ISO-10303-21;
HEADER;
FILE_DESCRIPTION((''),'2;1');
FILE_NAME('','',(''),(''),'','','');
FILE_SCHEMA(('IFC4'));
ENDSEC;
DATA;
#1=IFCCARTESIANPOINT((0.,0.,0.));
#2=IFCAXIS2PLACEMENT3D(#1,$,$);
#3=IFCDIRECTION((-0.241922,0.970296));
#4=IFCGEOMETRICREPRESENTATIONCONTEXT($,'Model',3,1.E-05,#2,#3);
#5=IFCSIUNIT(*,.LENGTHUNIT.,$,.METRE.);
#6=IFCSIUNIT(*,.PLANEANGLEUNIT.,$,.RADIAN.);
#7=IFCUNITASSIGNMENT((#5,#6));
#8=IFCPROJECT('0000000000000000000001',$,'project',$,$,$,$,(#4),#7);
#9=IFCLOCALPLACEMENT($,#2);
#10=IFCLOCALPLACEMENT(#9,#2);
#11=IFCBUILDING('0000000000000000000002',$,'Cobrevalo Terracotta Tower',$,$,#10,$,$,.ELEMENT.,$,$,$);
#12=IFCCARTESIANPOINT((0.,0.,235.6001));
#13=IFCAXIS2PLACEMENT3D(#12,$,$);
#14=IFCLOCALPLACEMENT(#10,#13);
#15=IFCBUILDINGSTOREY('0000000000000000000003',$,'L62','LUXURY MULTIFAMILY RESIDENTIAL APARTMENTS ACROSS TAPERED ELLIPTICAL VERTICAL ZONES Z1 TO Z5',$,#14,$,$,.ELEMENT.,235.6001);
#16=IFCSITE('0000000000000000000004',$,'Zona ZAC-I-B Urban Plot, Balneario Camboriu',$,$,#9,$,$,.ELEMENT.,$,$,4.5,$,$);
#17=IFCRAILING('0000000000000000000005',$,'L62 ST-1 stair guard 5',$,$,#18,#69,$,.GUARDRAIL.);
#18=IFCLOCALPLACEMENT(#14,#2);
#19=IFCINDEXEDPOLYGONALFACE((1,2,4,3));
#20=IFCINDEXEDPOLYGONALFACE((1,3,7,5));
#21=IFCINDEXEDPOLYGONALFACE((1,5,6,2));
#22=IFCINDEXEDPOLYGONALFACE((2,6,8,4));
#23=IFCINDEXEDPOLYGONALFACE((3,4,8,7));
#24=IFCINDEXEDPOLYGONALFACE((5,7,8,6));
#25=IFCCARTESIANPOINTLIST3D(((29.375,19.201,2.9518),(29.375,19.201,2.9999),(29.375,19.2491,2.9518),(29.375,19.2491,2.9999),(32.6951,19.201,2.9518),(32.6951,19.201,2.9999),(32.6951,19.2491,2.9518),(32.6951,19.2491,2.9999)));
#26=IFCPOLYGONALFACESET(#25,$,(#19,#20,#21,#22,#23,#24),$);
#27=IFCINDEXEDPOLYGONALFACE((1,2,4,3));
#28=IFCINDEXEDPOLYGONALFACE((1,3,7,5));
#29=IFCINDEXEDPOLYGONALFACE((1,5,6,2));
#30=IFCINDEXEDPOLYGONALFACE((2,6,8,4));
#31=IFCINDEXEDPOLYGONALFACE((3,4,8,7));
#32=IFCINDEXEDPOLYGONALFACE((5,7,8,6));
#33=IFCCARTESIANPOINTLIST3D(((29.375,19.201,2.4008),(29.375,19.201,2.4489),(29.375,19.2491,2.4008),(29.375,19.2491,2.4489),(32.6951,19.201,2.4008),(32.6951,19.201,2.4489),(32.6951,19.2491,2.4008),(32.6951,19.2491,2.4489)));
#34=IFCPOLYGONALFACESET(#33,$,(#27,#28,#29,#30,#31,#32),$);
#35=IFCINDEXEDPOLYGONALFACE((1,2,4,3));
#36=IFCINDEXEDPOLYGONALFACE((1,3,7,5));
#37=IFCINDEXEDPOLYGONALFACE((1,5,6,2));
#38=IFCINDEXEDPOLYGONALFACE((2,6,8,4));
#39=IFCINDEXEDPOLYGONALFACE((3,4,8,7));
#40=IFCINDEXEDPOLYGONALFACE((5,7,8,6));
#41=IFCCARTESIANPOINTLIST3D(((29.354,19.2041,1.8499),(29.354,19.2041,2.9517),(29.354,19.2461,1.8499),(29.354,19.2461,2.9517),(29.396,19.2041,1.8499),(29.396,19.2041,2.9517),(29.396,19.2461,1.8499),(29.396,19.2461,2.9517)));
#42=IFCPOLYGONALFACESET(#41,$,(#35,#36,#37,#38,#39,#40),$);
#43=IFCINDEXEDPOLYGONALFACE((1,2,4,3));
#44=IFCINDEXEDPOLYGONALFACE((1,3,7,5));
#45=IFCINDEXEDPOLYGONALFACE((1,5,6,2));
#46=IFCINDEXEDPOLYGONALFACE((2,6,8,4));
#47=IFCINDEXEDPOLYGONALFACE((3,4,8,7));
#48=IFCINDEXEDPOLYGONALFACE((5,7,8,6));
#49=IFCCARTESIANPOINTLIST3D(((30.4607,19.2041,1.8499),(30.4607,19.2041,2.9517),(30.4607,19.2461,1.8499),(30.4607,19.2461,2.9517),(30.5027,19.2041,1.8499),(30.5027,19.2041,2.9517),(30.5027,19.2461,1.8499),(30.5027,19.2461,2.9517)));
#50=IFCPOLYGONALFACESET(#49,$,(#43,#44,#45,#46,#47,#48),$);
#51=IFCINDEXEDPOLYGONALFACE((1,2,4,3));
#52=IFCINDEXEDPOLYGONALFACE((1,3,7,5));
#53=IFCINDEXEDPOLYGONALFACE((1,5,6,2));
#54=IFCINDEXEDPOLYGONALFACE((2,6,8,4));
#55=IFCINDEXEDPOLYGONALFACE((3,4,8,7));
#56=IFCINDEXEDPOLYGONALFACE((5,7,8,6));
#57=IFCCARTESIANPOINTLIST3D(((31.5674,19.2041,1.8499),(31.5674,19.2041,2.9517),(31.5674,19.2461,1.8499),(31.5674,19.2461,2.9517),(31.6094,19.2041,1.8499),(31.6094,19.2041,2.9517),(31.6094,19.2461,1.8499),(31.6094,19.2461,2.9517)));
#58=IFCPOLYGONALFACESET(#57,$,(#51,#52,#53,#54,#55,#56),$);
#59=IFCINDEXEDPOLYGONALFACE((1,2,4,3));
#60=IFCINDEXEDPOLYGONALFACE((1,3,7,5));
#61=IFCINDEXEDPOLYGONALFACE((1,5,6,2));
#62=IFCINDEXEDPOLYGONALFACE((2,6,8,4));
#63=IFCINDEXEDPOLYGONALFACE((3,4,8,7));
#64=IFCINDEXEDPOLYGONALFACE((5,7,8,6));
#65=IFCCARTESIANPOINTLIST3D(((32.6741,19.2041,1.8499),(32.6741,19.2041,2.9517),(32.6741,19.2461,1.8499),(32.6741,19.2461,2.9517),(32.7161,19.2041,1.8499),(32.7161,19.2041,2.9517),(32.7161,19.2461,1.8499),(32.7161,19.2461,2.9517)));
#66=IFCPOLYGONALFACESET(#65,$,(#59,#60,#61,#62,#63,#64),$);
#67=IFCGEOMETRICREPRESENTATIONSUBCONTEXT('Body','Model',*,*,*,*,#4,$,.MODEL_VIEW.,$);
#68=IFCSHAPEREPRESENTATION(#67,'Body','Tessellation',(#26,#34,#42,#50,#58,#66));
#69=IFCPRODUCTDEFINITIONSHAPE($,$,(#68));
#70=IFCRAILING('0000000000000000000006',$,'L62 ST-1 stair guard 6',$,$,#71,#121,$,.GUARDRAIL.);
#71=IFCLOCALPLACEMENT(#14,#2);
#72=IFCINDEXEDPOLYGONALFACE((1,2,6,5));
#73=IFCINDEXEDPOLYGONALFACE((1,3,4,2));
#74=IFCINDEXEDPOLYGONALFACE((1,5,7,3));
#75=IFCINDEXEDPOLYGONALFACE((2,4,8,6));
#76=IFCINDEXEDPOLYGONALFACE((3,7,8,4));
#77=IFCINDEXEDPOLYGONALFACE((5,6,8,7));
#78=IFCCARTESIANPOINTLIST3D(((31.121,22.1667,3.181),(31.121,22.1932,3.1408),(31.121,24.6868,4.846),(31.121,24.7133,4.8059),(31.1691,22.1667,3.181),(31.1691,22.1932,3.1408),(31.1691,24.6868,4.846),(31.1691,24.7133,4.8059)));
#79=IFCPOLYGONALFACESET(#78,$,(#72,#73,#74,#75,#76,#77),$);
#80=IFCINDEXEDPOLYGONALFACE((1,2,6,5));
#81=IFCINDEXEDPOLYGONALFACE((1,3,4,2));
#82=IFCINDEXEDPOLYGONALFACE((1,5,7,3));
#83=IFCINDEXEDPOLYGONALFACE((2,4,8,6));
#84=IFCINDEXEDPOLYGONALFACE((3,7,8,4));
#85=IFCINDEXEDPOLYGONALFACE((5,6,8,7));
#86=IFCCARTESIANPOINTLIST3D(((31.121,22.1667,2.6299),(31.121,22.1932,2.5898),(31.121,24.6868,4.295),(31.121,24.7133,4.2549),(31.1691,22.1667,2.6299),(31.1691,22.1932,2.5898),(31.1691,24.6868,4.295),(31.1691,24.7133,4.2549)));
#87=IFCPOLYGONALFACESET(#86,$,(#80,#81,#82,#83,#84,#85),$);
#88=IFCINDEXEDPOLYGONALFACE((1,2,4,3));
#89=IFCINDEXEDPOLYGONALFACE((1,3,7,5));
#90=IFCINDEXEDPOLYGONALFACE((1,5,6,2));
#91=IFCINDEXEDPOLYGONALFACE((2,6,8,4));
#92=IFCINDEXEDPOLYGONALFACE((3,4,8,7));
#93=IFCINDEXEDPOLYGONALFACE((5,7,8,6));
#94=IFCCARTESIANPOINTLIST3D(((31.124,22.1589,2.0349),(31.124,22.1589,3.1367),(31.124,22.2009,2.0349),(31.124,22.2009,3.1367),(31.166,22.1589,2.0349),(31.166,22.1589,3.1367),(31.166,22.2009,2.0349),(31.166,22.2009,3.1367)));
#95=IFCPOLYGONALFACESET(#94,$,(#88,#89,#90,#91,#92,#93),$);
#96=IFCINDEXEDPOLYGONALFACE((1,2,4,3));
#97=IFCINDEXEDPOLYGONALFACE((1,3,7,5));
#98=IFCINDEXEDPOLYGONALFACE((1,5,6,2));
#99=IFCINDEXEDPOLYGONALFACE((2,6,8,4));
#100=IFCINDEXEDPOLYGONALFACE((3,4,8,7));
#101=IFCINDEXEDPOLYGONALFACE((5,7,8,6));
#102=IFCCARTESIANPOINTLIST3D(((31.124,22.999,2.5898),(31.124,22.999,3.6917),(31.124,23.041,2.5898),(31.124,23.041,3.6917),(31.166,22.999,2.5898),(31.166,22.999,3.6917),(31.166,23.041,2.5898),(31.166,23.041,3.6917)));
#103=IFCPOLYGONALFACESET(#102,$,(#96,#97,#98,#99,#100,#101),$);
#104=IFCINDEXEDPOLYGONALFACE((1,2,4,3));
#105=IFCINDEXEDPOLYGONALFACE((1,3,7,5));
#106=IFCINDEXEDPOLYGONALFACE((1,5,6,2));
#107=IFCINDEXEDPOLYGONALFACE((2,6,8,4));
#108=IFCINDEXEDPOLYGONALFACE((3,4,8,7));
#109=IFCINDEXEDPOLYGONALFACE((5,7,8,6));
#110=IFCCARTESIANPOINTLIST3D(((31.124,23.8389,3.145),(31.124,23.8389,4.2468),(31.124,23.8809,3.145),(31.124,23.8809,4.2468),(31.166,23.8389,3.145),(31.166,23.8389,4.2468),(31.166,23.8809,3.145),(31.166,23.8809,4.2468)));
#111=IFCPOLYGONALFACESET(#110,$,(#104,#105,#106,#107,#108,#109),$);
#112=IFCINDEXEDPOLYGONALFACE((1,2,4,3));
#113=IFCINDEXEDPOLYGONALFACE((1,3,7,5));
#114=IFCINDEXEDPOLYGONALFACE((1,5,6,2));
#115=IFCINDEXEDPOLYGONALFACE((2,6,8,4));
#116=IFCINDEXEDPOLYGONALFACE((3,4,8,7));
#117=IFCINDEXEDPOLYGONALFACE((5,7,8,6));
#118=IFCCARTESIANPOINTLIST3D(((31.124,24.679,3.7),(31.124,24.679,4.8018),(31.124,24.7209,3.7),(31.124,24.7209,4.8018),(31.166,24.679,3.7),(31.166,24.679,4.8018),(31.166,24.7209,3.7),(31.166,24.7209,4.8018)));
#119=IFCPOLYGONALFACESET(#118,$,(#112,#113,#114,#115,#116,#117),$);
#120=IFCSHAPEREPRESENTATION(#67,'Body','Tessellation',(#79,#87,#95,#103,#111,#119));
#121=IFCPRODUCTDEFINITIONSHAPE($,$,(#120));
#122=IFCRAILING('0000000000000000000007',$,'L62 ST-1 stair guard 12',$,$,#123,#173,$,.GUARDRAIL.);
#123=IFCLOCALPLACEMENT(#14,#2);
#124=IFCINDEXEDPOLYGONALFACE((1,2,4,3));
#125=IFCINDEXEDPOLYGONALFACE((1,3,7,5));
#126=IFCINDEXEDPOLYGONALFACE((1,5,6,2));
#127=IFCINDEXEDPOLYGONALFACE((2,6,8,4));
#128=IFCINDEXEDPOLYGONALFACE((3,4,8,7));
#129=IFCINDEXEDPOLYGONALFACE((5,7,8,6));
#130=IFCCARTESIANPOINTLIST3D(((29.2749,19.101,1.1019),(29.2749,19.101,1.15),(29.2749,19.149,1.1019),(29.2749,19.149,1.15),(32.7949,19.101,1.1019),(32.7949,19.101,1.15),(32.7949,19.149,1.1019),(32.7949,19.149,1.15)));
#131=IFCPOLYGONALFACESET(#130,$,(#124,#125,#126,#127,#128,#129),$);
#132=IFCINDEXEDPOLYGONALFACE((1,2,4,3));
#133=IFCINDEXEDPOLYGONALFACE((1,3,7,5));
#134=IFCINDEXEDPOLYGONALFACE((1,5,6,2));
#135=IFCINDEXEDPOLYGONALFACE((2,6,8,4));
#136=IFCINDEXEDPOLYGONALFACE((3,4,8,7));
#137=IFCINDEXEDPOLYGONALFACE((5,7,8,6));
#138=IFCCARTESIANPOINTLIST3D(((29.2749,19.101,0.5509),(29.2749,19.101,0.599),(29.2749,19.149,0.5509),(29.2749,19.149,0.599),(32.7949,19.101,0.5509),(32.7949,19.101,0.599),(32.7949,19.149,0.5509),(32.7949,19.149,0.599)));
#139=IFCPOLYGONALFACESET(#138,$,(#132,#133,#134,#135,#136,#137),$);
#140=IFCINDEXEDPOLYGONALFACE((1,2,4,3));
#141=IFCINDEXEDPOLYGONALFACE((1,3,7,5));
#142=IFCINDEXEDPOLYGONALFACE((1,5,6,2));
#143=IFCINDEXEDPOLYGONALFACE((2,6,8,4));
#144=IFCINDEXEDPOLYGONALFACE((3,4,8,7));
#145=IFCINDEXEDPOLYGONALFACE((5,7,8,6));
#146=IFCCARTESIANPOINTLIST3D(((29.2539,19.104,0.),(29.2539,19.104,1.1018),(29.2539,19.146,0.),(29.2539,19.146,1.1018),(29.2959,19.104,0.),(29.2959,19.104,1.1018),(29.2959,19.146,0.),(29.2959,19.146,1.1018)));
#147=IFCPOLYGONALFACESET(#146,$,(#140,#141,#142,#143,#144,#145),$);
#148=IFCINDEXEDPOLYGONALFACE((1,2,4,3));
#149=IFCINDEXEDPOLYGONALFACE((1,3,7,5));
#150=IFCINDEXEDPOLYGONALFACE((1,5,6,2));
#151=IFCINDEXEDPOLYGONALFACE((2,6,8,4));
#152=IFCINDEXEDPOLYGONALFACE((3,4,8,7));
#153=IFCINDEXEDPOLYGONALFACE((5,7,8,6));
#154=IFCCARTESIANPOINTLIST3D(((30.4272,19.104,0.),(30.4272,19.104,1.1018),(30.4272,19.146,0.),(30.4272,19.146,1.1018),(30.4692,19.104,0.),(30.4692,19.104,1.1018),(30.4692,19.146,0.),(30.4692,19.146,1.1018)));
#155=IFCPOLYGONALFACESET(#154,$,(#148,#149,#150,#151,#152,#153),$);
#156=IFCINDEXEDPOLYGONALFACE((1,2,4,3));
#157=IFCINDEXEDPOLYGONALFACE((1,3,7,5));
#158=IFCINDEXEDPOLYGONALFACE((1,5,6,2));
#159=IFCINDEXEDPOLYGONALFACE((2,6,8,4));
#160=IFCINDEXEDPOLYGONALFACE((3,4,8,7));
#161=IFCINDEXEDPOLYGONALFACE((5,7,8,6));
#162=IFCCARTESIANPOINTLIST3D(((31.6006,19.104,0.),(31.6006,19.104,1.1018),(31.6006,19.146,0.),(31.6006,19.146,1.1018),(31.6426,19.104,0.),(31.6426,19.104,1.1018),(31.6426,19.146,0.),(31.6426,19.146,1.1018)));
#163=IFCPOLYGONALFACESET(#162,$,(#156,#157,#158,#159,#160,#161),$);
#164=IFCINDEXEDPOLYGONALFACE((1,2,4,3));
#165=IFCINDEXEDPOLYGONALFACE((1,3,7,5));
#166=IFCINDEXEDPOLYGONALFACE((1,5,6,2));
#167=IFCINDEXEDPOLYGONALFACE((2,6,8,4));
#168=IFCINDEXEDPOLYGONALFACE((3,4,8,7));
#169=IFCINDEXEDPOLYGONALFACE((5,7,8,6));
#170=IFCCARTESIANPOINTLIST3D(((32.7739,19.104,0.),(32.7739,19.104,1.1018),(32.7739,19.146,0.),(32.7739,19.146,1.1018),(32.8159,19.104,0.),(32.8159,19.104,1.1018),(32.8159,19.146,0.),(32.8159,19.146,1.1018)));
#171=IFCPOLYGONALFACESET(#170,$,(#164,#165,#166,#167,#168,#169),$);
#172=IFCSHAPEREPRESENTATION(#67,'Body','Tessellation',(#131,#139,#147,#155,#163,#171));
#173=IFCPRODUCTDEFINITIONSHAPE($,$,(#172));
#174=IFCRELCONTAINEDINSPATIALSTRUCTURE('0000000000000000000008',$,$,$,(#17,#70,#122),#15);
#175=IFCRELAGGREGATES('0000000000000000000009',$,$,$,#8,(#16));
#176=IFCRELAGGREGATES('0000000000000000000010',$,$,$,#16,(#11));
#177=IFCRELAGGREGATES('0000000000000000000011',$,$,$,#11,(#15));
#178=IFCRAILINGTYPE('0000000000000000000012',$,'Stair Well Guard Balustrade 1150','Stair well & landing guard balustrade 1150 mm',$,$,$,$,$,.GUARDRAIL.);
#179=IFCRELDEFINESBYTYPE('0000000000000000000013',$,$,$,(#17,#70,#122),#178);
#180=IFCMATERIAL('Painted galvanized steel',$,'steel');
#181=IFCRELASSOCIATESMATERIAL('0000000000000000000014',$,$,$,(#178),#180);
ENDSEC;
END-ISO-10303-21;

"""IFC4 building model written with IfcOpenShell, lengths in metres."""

from ifc_helpers import new_model, si_unit, direction, frame, origin, origin_2d, place, context, subcontext, project, spatial, rectangle, extrude, material, type_object, element, save


model = new_model("IFC4")

# Units and contexts
model_context = context("Model", 3, precision=1e-05, world=origin(), true_north=direction((-0.241922, 0.970296)))
body_context = subcontext(model_context, "Body", "Model", "MODEL_VIEW")
ifc_project = project(units=[si_unit("LENGTHUNIT", "METRE"), si_unit("PLANEANGLEUNIT", "RADIAN")], contexts=[model_context])

# Site, building, storey
site_placement = place(None, origin())
site = spatial("IfcSite", under=ifc_project, at=site_placement, Name="Zona ZAC-I-B Urban Plot, Balneario Camboriu", CompositionType="ELEMENT", RefElevation=4.5)
building_placement = place(site_placement, origin())
building = spatial("IfcBuilding", under=site, at=building_placement, Name="Cobrevalo Terracotta Tower", CompositionType="ELEMENT")
storey_placement = place(building_placement, frame((0.0, 0.0, 235.6001)))
storey = spatial("IfcBuildingStorey", under=building, at=storey_placement, Name="L62", Description="LUXURY MULTIFAMILY RESIDENTIAL APARTMENTS ACROSS TAPERED ELLIPTICAL VERTICAL ZONES Z1 TO Z5", CompositionType="ELEMENT", Elevation=235.6001)

# Railings
ifc_material_1 = material(Name="Painted galvanized steel", Category="steel")
railing_type = type_object("IfcRailingType", Name="Stair Well Guard Balustrade 1150", Description="Stair well & landing guard balustrade 1150 mm", PredefinedType="GUARDRAIL", material=ifc_material_1)
railing_1_placement = place(storey_placement, frame((29.375, 19.2251, 1.8499)))
element("IfcRailing", 1, at=railing_1_placement, inside=storey, type_object=railing_type, Name="L62 ST-1 stair guard 5", PredefinedType="GUARDRAIL", context=body_context, shape_type="SweptSolid", body=[
    extrude(rectangle(XDim=0.0481, YDim=0.0481, at=origin_2d()), frame((0.0, 0.0, 1.126), z_axis=(1.0, 0.0, 0.0), x_axis=(0.0, 1.0, 0.0)), (0.0, 0.0, 1.0), 3.3201),
    extrude(rectangle(XDim=0.0481, YDim=0.0481, at=origin_2d()), frame((0.0, 0.0, 0.575), z_axis=(1.0, 0.0, 0.0), x_axis=(0.0, 1.0, 0.0)), (0.0, 0.0, 1.0), 3.3201),
    extrude(rectangle(XDim=0.042, YDim=0.042, at=origin_2d()), origin(), (0.0, 0.0, 1.0), 1.1018),
    extrude(rectangle(XDim=0.042, YDim=0.042, at=origin_2d()), frame((1.1067, 0.0, 0.0)), (0.0, 0.0, 1.0), 1.1018),
    extrude(rectangle(XDim=0.042, YDim=0.042, at=origin_2d()), frame((2.2134, 0.0, 0.0)), (0.0, 0.0, 1.0), 1.1018),
    extrude(rectangle(XDim=0.042, YDim=0.042, at=origin_2d()), frame((3.3201, 0.0, 0.0)), (0.0, 0.0, 1.0), 1.1018),
])
railing_2_placement = place(storey_placement, frame((31.145, 22.1799, 2.0349)))
element("IfcRailing", 2, at=railing_2_placement, inside=storey, type_object=railing_type, Name="L62 ST-1 stair guard 6", PredefinedType="GUARDRAIL", context=body_context, shape_type="SweptSolid", body=[
    extrude(rectangle(XDim=0.0481, YDim=0.0481, at=origin_2d()), frame((0.0, 0.0, 1.126), z_axis=(0.0, 0.834331, 0.551263), x_axis=(-1.0, 0.0, 0.0)), (0.0, 0.0, 1.0), 3.0205),
    extrude(rectangle(XDim=0.0481, YDim=0.0481, at=origin_2d()), frame((0.0, 0.0, 0.575), z_axis=(0.0, 0.834331, 0.551263), x_axis=(-1.0, 0.0, 0.0)), (0.0, 0.0, 1.0), 3.0205),
    extrude(rectangle(XDim=0.042, YDim=0.042, at=origin_2d()), origin(), (0.0, 0.0, 1.0), 1.1018),
    extrude(rectangle(XDim=0.042, YDim=0.042, at=origin_2d()), frame((0.0, 0.8401, 0.5549)), (0.0, 0.0, 1.0), 1.1018),
    extrude(rectangle(XDim=0.042, YDim=0.042, at=origin_2d()), frame((0.0, 1.6799, 1.1101)), (0.0, 0.0, 1.0), 1.1018),
    extrude(rectangle(XDim=0.042, YDim=0.042, at=origin_2d()), frame((0.0, 2.52, 1.665)), (0.0, 0.0, 1.0), 1.1018),
])
railing_3_placement = place(storey_placement, frame((29.2749, 19.125, 0.0)))
element("IfcRailing", 3, at=railing_3_placement, inside=storey, type_object=railing_type, Name="L62 ST-1 stair guard 12", PredefinedType="GUARDRAIL", context=body_context, shape_type="SweptSolid", body=[
    extrude(rectangle(XDim=0.0481, YDim=0.0481, at=origin_2d()), frame((0.0, 0.0, 1.126), z_axis=(1.0, 0.0, 0.0), x_axis=(0.0, 1.0, 0.0)), (0.0, 0.0, 1.0), 3.52),
    extrude(rectangle(XDim=0.0481, YDim=0.0481, at=origin_2d()), frame((0.0, 0.0, 0.575), z_axis=(1.0, 0.0, 0.0), x_axis=(0.0, 1.0, 0.0)), (0.0, 0.0, 1.0), 3.52),
    extrude(rectangle(XDim=0.042, YDim=0.042, at=origin_2d()), origin(), (0.0, 0.0, 1.0), 1.1018),
    extrude(rectangle(XDim=0.042, YDim=0.042, at=origin_2d()), frame((1.1733, 0.0, 0.0)), (0.0, 0.0, 1.0), 1.1018),
    extrude(rectangle(XDim=0.042, YDim=0.042, at=origin_2d()), frame((2.3467, 0.0, 0.0)), (0.0, 0.0, 1.0), 1.1018),
    extrude(rectangle(XDim=0.042, YDim=0.042, at=origin_2d()), frame((3.52, 0.0, 0.0)), (0.0, 0.0, 1.0), 1.1018),
])

save(model, "model.ifc")
